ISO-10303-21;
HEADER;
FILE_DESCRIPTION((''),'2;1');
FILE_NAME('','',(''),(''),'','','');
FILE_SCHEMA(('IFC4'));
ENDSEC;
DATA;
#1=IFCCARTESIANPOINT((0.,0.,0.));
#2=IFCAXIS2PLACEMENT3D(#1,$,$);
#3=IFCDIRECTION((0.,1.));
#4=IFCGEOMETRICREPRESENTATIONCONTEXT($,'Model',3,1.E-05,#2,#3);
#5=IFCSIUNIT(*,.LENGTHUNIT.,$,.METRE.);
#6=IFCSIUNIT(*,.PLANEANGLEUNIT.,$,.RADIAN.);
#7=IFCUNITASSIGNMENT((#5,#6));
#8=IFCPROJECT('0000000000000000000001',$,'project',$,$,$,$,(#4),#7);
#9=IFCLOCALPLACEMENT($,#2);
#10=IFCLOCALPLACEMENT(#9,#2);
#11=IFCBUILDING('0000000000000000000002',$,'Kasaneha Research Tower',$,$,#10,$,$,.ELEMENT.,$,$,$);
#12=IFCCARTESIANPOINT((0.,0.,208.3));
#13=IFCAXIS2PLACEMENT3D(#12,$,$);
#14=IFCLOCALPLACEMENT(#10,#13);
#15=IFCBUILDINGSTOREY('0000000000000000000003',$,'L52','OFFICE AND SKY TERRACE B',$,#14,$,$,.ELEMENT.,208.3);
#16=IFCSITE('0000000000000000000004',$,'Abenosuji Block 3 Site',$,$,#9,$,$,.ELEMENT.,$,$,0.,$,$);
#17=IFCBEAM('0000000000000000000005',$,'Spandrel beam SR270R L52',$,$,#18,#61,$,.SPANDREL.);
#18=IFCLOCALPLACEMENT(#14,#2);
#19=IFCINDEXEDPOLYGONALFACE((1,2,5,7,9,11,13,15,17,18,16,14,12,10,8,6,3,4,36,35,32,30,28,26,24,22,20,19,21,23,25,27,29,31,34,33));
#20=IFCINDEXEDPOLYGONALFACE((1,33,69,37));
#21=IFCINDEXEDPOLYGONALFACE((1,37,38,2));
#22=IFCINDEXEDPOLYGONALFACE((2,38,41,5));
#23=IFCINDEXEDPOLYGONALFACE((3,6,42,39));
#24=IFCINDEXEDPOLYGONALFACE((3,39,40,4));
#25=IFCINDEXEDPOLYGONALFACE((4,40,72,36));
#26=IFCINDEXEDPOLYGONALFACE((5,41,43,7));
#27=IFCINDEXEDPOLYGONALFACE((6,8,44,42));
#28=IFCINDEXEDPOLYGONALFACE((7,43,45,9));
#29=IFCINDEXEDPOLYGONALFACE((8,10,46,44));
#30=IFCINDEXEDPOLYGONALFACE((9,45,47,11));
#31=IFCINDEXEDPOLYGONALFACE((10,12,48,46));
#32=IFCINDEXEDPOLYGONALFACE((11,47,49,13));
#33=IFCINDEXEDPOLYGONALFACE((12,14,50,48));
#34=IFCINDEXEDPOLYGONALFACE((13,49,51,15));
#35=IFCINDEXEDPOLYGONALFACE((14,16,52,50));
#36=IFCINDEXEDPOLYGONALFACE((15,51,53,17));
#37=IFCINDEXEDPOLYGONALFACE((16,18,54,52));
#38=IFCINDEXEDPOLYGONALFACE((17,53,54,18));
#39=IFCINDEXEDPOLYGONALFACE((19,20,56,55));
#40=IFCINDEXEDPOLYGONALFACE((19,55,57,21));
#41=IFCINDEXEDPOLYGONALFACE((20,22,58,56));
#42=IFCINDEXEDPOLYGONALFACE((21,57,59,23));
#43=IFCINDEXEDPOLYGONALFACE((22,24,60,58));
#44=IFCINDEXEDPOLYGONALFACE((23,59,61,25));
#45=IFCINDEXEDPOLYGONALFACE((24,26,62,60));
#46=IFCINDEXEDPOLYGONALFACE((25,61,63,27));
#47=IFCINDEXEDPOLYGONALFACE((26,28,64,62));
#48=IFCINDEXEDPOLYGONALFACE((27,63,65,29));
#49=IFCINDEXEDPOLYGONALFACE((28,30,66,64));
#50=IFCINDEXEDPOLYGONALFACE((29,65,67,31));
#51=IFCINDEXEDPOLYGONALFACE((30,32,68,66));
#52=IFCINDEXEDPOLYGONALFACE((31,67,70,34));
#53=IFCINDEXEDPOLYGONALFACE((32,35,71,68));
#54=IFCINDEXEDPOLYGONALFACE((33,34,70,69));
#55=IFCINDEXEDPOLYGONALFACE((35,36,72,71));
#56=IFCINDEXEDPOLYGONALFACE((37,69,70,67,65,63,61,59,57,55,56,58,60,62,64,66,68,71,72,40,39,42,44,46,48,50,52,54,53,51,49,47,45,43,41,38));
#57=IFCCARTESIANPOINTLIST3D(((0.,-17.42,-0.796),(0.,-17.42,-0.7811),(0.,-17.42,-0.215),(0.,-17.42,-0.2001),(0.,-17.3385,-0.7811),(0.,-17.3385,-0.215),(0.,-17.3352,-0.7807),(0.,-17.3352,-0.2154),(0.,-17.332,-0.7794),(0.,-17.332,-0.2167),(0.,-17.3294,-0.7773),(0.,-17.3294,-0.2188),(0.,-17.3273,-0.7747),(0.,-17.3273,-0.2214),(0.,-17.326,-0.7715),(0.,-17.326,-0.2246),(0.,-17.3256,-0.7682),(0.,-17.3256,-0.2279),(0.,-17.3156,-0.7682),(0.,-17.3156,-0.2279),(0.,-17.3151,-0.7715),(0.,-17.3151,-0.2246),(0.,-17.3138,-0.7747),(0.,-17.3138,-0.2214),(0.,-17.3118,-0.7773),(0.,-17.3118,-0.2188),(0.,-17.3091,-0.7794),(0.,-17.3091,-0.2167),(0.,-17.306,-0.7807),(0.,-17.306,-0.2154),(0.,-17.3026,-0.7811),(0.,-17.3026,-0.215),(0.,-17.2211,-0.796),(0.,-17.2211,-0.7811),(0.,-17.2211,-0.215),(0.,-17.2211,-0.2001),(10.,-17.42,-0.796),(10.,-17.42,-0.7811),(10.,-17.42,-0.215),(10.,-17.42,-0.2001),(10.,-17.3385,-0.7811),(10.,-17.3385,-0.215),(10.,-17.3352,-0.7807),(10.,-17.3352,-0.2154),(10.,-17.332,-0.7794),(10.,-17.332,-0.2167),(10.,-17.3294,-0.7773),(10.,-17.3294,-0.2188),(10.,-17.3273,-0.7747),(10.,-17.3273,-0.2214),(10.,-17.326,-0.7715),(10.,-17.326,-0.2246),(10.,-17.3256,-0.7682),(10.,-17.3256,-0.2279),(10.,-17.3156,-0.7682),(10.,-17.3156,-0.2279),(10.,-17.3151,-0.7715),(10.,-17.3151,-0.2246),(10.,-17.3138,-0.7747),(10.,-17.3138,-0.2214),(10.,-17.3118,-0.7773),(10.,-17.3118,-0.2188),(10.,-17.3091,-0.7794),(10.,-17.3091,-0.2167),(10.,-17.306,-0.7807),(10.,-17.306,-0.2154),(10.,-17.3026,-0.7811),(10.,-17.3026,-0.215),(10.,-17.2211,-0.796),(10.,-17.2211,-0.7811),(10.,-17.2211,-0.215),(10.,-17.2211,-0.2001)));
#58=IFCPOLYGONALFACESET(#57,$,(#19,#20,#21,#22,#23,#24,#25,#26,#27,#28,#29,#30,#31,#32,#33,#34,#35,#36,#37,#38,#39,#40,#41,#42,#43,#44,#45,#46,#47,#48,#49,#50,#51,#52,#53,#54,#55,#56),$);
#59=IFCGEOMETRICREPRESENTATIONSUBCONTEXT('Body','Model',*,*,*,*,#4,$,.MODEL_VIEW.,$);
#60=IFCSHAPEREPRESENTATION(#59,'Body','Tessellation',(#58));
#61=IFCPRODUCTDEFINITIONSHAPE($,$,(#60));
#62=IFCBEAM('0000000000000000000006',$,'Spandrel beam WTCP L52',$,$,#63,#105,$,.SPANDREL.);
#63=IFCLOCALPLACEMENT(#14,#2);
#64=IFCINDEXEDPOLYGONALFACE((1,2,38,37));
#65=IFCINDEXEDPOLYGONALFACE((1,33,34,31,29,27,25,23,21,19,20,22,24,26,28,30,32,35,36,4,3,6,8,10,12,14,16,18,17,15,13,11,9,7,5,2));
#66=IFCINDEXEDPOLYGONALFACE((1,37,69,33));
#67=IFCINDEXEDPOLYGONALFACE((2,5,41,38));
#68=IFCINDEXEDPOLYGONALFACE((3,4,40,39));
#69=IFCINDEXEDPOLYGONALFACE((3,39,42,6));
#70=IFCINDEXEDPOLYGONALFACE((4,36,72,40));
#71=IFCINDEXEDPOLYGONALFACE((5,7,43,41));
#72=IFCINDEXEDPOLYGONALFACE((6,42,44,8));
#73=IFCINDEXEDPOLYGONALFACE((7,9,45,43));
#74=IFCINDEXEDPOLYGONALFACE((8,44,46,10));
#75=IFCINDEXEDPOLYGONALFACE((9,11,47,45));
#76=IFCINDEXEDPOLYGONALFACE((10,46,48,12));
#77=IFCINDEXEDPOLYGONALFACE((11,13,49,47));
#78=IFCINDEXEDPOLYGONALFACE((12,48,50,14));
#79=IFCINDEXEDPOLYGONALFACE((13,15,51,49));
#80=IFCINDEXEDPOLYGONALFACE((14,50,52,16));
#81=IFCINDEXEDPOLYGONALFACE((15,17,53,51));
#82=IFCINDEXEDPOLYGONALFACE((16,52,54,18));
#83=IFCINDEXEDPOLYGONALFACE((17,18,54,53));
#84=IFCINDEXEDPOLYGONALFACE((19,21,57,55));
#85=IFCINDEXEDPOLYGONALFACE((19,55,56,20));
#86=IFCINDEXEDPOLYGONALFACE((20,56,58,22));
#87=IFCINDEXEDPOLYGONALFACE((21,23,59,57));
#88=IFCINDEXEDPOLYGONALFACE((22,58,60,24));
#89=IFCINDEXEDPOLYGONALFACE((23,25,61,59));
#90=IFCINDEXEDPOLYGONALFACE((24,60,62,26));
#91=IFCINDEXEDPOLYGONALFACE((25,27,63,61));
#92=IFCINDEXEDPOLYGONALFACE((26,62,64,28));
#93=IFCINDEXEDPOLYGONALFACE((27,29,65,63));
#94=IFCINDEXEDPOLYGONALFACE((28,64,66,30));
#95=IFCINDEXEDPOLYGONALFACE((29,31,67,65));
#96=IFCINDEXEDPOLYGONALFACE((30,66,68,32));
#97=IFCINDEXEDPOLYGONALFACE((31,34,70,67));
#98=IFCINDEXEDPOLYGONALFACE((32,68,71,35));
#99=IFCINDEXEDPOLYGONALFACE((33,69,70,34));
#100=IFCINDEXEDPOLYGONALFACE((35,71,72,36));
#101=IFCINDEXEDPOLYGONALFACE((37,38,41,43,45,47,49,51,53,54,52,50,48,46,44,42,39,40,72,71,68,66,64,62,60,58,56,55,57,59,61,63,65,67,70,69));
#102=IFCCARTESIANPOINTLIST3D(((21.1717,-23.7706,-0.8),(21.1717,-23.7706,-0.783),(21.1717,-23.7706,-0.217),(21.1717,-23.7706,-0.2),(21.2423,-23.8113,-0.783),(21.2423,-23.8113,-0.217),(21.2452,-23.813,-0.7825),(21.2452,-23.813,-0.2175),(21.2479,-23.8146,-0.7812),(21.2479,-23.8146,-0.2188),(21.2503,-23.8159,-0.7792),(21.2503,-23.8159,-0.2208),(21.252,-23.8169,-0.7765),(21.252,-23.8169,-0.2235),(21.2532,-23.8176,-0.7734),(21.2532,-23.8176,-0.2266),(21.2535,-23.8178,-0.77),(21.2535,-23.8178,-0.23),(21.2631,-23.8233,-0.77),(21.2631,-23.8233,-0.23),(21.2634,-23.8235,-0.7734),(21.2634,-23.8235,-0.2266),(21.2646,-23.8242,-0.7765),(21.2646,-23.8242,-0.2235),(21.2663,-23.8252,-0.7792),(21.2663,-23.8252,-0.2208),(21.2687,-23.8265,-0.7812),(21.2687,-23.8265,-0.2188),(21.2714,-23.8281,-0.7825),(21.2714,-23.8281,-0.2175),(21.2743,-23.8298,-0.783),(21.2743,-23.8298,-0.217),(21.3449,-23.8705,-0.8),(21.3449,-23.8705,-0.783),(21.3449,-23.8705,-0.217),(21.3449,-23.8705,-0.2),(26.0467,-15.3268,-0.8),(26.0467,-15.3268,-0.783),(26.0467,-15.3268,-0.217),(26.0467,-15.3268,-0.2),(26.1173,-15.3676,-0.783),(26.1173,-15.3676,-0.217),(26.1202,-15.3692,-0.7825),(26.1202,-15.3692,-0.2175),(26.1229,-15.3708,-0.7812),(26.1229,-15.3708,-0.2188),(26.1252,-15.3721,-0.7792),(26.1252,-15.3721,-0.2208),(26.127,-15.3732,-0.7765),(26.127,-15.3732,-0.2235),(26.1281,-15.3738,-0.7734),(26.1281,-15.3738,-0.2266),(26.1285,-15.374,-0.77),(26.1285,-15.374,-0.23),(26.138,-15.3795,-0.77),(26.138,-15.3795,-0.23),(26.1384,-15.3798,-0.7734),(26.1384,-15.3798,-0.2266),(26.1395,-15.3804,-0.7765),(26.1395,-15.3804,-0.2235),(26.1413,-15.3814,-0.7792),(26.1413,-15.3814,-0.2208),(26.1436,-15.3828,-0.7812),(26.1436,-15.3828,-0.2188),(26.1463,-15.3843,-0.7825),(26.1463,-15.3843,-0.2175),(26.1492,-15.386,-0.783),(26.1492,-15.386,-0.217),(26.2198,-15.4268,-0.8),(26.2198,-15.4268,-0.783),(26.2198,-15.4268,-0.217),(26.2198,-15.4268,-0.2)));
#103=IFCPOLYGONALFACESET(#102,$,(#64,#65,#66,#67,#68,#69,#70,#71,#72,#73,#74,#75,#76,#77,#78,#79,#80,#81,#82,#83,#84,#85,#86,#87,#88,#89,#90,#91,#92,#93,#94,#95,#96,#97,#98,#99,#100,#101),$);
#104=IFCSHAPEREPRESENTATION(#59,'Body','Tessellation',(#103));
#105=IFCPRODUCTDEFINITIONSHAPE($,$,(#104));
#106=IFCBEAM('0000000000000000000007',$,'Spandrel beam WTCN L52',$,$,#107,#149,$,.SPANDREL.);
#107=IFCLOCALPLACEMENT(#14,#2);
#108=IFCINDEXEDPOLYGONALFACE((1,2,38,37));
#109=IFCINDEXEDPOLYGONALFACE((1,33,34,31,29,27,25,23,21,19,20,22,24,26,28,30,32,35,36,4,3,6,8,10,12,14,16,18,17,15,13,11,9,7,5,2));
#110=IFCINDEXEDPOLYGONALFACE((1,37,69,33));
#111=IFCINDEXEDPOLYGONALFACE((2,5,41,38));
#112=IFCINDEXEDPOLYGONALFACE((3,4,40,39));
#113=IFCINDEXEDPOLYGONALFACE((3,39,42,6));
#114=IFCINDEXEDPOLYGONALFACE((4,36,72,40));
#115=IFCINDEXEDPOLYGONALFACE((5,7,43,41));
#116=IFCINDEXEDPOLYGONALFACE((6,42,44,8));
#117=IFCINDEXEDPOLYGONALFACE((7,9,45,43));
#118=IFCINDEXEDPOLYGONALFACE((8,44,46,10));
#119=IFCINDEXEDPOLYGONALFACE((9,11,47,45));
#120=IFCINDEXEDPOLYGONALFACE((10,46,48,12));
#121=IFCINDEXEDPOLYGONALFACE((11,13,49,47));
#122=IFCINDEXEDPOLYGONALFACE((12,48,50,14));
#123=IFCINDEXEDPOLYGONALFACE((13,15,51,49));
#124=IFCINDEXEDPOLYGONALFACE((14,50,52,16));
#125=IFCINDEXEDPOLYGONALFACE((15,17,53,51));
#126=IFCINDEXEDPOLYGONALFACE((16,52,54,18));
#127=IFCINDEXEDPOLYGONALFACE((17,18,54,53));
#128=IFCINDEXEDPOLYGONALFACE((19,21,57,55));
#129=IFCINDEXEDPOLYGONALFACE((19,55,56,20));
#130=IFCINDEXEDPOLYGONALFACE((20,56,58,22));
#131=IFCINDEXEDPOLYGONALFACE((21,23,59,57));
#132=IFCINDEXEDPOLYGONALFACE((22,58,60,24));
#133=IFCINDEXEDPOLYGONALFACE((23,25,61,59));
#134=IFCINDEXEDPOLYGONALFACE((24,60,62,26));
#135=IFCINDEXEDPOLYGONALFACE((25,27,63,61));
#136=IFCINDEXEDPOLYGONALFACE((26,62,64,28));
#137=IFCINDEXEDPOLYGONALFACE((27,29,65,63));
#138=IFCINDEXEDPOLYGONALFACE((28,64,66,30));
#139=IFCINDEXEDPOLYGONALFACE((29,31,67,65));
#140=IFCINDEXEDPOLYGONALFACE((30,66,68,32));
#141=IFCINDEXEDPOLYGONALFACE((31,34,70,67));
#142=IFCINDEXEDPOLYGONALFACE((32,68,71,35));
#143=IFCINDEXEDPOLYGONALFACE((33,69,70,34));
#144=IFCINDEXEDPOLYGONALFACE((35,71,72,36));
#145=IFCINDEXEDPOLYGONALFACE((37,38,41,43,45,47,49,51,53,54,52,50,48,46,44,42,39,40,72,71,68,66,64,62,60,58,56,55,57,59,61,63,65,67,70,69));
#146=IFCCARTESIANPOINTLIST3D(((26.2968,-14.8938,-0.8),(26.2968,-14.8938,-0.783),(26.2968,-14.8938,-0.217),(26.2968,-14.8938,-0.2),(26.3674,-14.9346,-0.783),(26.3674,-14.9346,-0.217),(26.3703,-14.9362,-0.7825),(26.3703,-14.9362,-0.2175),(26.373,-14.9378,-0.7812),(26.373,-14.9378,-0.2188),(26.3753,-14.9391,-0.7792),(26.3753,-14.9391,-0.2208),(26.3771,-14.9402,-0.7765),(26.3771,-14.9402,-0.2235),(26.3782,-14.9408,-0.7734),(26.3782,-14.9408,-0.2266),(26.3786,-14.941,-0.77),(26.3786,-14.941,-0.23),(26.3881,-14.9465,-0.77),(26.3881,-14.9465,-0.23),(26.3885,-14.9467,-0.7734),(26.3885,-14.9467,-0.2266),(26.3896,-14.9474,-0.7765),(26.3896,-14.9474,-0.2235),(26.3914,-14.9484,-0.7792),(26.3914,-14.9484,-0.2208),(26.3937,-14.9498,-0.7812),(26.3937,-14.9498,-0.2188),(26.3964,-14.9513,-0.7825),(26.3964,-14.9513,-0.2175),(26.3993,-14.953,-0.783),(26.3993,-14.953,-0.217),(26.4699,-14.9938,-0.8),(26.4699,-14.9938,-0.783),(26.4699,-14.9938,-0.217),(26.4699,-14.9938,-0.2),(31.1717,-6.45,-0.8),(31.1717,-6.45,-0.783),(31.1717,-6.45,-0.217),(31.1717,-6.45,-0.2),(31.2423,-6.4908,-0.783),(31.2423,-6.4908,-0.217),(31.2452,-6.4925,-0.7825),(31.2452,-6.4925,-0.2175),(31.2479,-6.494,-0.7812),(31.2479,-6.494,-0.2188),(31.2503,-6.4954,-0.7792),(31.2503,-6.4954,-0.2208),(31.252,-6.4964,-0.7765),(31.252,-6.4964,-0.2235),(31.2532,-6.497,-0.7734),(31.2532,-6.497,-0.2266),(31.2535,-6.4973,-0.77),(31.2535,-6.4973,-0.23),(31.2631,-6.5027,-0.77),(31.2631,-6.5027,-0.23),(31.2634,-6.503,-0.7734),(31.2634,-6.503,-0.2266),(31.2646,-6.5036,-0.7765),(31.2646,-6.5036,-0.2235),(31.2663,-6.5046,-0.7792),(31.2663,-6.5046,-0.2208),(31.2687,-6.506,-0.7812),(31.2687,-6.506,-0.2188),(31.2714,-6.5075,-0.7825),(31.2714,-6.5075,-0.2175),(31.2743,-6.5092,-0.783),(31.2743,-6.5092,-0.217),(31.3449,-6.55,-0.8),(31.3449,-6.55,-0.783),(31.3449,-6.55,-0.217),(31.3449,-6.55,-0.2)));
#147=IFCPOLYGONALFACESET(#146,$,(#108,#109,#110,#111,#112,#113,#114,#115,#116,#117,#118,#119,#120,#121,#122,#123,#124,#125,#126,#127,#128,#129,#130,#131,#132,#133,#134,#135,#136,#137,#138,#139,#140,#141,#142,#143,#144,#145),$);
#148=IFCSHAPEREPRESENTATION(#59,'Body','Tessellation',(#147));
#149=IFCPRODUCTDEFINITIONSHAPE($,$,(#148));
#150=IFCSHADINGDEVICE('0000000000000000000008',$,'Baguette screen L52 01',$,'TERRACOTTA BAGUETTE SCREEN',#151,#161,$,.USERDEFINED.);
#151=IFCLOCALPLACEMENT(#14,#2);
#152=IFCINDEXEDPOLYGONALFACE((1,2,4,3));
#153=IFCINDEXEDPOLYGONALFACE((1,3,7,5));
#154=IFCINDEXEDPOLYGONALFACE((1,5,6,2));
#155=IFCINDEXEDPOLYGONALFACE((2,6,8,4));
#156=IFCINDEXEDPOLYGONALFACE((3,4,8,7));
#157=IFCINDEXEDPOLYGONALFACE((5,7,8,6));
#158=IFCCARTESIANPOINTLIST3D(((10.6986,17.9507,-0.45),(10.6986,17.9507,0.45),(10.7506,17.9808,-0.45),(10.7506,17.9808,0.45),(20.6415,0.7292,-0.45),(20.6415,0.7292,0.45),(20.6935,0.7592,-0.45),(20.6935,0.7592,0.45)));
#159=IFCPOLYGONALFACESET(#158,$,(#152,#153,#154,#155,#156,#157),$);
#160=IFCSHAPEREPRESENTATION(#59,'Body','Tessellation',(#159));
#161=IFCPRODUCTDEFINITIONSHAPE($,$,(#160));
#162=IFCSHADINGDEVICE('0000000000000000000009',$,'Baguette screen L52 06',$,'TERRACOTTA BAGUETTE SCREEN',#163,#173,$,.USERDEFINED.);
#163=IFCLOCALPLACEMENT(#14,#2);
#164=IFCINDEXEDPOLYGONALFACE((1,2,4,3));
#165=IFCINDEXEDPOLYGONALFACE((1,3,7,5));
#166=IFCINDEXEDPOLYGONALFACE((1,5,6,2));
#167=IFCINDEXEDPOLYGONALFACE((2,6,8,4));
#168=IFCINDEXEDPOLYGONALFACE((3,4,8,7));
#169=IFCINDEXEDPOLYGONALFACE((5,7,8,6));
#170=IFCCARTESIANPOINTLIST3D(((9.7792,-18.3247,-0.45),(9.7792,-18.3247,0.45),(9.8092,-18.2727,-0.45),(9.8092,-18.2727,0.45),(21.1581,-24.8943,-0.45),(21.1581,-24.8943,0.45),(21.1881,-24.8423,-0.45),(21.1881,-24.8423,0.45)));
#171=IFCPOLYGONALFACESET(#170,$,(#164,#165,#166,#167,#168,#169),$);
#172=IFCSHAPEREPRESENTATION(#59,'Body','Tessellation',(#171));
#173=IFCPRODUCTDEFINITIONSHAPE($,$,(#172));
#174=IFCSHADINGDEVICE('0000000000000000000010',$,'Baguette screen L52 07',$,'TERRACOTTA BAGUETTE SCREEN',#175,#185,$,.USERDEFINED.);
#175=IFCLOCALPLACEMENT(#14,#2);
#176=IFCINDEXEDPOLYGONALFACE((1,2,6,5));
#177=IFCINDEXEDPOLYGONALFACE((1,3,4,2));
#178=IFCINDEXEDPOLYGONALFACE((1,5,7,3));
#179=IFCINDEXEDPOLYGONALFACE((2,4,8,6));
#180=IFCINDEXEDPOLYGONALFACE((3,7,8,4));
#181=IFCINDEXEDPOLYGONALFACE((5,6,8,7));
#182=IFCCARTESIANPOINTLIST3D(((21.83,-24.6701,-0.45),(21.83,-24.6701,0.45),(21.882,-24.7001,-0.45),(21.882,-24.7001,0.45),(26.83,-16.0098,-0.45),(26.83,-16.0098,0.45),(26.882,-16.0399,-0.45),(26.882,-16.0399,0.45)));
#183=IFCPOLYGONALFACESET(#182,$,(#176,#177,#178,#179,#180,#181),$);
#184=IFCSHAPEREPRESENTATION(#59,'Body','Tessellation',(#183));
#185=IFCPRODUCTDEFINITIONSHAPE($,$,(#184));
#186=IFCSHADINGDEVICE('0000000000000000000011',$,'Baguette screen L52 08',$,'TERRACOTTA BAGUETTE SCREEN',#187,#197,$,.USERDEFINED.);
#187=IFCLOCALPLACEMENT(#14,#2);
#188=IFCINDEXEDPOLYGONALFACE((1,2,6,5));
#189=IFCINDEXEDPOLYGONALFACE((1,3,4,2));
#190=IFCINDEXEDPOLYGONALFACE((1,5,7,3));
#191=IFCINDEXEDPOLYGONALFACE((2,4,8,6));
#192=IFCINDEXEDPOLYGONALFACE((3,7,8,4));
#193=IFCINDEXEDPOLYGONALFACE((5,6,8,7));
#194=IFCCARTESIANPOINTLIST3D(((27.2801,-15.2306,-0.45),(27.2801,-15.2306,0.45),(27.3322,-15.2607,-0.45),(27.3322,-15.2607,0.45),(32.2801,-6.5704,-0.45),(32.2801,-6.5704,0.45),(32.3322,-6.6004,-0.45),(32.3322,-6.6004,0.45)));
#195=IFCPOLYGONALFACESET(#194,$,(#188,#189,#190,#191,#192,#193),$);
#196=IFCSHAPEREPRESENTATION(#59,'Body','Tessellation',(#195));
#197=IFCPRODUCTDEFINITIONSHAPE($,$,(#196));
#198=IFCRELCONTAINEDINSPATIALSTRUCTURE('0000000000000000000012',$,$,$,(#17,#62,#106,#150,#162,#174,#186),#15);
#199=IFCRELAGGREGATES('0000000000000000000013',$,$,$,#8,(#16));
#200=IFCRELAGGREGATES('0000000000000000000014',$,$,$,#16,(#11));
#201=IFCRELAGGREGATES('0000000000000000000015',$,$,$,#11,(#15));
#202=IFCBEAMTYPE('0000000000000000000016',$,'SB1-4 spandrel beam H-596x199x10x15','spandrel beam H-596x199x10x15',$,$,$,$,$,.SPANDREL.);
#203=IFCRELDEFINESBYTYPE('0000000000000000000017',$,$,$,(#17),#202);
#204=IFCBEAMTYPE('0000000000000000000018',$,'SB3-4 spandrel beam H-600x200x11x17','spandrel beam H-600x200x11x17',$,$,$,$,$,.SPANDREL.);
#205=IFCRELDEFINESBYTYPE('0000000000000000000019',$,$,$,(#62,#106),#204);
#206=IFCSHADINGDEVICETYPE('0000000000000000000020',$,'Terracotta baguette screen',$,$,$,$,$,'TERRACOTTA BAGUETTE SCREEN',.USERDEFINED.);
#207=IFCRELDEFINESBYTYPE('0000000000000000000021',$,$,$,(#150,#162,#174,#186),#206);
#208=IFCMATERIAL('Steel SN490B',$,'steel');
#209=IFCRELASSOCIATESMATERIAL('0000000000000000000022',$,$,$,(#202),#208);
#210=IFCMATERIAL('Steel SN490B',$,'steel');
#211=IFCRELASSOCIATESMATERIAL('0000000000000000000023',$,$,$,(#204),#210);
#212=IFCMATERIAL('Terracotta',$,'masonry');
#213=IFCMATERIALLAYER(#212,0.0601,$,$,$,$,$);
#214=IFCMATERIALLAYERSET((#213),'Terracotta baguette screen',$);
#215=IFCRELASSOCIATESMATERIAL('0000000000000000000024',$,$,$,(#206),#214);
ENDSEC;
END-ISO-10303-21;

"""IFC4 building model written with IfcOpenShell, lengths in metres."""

from ifc_helpers import new_model, si_unit, direction, frame, origin, origin_2d, place, context, subcontext, project, spatial, rectangle, i_section, extrude, material, layer, layer_set, material_profile, profile_set, type_object, element, save


model = new_model("IFC4")

# Units and contexts
model_context = context("Model", 3, precision=1e-05, world=origin(), true_north=direction((0.0, 1.0)))
body_context = subcontext(model_context, "Body", "Model", "MODEL_VIEW")
ifc_project = project(units=[si_unit("LENGTHUNIT", "METRE"), si_unit("PLANEANGLEUNIT", "RADIAN")], contexts=[model_context])

# Site, building, storey
site_placement = place(None, origin())
site = spatial("IfcSite", under=ifc_project, at=site_placement, Name="Abenosuji Block 3 Site", CompositionType="ELEMENT", RefElevation=0.0)
building_placement = place(site_placement, origin())
building = spatial("IfcBuilding", under=site, at=building_placement, Name="Kasaneha Research Tower", CompositionType="ELEMENT")
storey_placement = place(building_placement, frame((0.0, 0.0, 208.3)))
storey = spatial("IfcBuildingStorey", under=building, at=storey_placement, Name="L52", Description="OFFICE AND SKY TERRACE B", CompositionType="ELEMENT", Elevation=208.3)

# Beams
ifc_material_1 = material(Name="Steel SN490B", Category="steel")
ifc_material_profile_1 = material_profile(ifc_material_1, i_section(OverallWidth=0.199, OverallDepth=0.5959, WebThickness=0.01, FlangeThickness=0.0149, FilletRadius=0.0129, at=origin_2d()), Name="H-596x199x10x15")
ifc_profile_set_1 = profile_set([ifc_material_profile_1], Name="Steel SN490B")
beam_type_1 = type_object("IfcBeamType", Name="SB1-4 spandrel beam H-596x199x10x15", Description="spandrel beam H-596x199x10x15", PredefinedType="SPANDREL", material=ifc_profile_set_1)
beam_1_placement = place(storey_placement, frame((10.0, -17.3206, -0.498), z_axis=(-1.0, 0.0, 0.0), x_axis=(0.0, -1.0, 0.0)))
element("IfcBeam", 1, at=beam_1_placement, inside=storey, type_object=beam_type_1, Name="Spandrel beam SR270R L52", PredefinedType="SPANDREL", context=body_context, shape_type="SweptSolid", body=[
    extrude(i_section(OverallWidth=0.199, OverallDepth=0.5959, WebThickness=0.01, FlangeThickness=0.0149, FilletRadius=0.0129, at=origin_2d()), origin(), (0.0, 0.0, 1.0), 10.0),
])
ifc_material_2 = material(Name="Steel SN490B", Category="steel")
ifc_material_profile_2 = material_profile(ifc_material_2, i_section(OverallWidth=0.2, OverallDepth=0.6001, WebThickness=0.011, FlangeThickness=0.0171, FilletRadius=0.0129, at=origin_2d()), Name="H-600x200x11x17")
ifc_profile_set_2 = profile_set([ifc_material_profile_2], Name="Steel SN490B")
beam_type_2 = type_object("IfcBeamType", Name="SB3-4 spandrel beam H-600x200x11x17", Description="spandrel beam H-600x200x11x17", PredefinedType="SPANDREL", material=ifc_profile_set_2)
for number, where, z_axis, x_axis, name in (
    (2, (21.2583, -23.8206, -0.5), (0.499996, 0.866028, 0.0), (-0.866028, 0.499996, 0.0), "Spandrel beam WTCP L52"),
    (3, (31.2583, -6.5, -0.5), (-0.499996, -0.866028, 0.0), (0.866028, -0.499996, 0.0), "Spandrel beam WTCN L52"),
):
    element("IfcBeam", number, at=place(storey_placement, frame(where, z_axis=z_axis, x_axis=x_axis)), inside=storey, type_object=beam_type_2, Name=name, PredefinedType="SPANDREL", context=body_context, shape_type="SweptSolid", body=[
        extrude(i_section(OverallWidth=0.2, OverallDepth=0.6001, WebThickness=0.011, FlangeThickness=0.0171, FilletRadius=0.0129, at=origin_2d()), origin(), (0.0, 0.0, 1.0), 9.75),
    ])

# Shading devices
ifc_material_3 = material(Name="Terracotta", Category="masonry")
ifc_layer = layer(ifc_material_3, 0.0601)
ifc_layer_set = layer_set([ifc_layer], Name="Terracotta baguette screen")
shading_device_type = type_object("IfcShadingDeviceType", Name="Terracotta baguette screen", ElementType="TERRACOTTA BAGUETTE SCREEN", PredefinedType="USERDEFINED", material=ifc_layer_set)
shading_device_1_placement = place(storey_placement, frame((15.696, 9.355, -0.45), z_axis=(0.0, 0.0, 1.0), x_axis=(-0.5, 0.866025, 0.0)))
element("IfcShadingDevice", 4, at=shading_device_1_placement, inside=storey, type_object=shading_device_type, Name="Baguette screen L52 01", ObjectType="TERRACOTTA BAGUETTE SCREEN", PredefinedType="USERDEFINED", context=body_context, shape_type="SweptSolid", body=[
    extrude(rectangle(XDim=19.8857, YDim=0.0601, at=origin_2d()), origin(), (0.0, 0.0, 1.0), 0.8999),
])
shading_device_2_placement = place(storey_placement, frame((15.4836, -21.5835, -0.45), z_axis=(0.0, 0.0, 1.0), x_axis=(0.866025, -0.5, 0.0)))
element("IfcShadingDevice", 5, at=shading_device_2_placement, inside=storey, type_object=shading_device_type, Name="Baguette screen L52 06", ObjectType="TERRACOTTA BAGUETTE SCREEN", PredefinedType="USERDEFINED", context=body_context, shape_type="SweptSolid", body=[
    extrude(rectangle(XDim=13.1392, YDim=0.0601, at=origin_2d()), origin(), (0.0, 0.0, 1.0), 0.8999),
])
for number, where, z_axis, x_axis, name in (
    (6, (24.356, -20.355, -0.45), (0.0, 0.0, 1.0), (0.5, 0.866025, 0.0), "Baguette screen L52 07"),
    (7, (29.8062, -10.9155, -0.45), (0.0, 0.0, 1.0), (0.5, 0.866025, 0.0), "Baguette screen L52 08"),
):
    element("IfcShadingDevice", number, at=place(storey_placement, frame(where, z_axis=z_axis, x_axis=x_axis)), inside=storey, type_object=shading_device_type, Name=name, ObjectType="TERRACOTTA BAGUETTE SCREEN", PredefinedType="USERDEFINED", context=body_context, shape_type="SweptSolid", body=[
        extrude(rectangle(XDim=10.0, YDim=0.0601, at=origin_2d()), origin(), (0.0, 0.0, 1.0), 0.8999),
    ])

save(model, "model.ifc")
